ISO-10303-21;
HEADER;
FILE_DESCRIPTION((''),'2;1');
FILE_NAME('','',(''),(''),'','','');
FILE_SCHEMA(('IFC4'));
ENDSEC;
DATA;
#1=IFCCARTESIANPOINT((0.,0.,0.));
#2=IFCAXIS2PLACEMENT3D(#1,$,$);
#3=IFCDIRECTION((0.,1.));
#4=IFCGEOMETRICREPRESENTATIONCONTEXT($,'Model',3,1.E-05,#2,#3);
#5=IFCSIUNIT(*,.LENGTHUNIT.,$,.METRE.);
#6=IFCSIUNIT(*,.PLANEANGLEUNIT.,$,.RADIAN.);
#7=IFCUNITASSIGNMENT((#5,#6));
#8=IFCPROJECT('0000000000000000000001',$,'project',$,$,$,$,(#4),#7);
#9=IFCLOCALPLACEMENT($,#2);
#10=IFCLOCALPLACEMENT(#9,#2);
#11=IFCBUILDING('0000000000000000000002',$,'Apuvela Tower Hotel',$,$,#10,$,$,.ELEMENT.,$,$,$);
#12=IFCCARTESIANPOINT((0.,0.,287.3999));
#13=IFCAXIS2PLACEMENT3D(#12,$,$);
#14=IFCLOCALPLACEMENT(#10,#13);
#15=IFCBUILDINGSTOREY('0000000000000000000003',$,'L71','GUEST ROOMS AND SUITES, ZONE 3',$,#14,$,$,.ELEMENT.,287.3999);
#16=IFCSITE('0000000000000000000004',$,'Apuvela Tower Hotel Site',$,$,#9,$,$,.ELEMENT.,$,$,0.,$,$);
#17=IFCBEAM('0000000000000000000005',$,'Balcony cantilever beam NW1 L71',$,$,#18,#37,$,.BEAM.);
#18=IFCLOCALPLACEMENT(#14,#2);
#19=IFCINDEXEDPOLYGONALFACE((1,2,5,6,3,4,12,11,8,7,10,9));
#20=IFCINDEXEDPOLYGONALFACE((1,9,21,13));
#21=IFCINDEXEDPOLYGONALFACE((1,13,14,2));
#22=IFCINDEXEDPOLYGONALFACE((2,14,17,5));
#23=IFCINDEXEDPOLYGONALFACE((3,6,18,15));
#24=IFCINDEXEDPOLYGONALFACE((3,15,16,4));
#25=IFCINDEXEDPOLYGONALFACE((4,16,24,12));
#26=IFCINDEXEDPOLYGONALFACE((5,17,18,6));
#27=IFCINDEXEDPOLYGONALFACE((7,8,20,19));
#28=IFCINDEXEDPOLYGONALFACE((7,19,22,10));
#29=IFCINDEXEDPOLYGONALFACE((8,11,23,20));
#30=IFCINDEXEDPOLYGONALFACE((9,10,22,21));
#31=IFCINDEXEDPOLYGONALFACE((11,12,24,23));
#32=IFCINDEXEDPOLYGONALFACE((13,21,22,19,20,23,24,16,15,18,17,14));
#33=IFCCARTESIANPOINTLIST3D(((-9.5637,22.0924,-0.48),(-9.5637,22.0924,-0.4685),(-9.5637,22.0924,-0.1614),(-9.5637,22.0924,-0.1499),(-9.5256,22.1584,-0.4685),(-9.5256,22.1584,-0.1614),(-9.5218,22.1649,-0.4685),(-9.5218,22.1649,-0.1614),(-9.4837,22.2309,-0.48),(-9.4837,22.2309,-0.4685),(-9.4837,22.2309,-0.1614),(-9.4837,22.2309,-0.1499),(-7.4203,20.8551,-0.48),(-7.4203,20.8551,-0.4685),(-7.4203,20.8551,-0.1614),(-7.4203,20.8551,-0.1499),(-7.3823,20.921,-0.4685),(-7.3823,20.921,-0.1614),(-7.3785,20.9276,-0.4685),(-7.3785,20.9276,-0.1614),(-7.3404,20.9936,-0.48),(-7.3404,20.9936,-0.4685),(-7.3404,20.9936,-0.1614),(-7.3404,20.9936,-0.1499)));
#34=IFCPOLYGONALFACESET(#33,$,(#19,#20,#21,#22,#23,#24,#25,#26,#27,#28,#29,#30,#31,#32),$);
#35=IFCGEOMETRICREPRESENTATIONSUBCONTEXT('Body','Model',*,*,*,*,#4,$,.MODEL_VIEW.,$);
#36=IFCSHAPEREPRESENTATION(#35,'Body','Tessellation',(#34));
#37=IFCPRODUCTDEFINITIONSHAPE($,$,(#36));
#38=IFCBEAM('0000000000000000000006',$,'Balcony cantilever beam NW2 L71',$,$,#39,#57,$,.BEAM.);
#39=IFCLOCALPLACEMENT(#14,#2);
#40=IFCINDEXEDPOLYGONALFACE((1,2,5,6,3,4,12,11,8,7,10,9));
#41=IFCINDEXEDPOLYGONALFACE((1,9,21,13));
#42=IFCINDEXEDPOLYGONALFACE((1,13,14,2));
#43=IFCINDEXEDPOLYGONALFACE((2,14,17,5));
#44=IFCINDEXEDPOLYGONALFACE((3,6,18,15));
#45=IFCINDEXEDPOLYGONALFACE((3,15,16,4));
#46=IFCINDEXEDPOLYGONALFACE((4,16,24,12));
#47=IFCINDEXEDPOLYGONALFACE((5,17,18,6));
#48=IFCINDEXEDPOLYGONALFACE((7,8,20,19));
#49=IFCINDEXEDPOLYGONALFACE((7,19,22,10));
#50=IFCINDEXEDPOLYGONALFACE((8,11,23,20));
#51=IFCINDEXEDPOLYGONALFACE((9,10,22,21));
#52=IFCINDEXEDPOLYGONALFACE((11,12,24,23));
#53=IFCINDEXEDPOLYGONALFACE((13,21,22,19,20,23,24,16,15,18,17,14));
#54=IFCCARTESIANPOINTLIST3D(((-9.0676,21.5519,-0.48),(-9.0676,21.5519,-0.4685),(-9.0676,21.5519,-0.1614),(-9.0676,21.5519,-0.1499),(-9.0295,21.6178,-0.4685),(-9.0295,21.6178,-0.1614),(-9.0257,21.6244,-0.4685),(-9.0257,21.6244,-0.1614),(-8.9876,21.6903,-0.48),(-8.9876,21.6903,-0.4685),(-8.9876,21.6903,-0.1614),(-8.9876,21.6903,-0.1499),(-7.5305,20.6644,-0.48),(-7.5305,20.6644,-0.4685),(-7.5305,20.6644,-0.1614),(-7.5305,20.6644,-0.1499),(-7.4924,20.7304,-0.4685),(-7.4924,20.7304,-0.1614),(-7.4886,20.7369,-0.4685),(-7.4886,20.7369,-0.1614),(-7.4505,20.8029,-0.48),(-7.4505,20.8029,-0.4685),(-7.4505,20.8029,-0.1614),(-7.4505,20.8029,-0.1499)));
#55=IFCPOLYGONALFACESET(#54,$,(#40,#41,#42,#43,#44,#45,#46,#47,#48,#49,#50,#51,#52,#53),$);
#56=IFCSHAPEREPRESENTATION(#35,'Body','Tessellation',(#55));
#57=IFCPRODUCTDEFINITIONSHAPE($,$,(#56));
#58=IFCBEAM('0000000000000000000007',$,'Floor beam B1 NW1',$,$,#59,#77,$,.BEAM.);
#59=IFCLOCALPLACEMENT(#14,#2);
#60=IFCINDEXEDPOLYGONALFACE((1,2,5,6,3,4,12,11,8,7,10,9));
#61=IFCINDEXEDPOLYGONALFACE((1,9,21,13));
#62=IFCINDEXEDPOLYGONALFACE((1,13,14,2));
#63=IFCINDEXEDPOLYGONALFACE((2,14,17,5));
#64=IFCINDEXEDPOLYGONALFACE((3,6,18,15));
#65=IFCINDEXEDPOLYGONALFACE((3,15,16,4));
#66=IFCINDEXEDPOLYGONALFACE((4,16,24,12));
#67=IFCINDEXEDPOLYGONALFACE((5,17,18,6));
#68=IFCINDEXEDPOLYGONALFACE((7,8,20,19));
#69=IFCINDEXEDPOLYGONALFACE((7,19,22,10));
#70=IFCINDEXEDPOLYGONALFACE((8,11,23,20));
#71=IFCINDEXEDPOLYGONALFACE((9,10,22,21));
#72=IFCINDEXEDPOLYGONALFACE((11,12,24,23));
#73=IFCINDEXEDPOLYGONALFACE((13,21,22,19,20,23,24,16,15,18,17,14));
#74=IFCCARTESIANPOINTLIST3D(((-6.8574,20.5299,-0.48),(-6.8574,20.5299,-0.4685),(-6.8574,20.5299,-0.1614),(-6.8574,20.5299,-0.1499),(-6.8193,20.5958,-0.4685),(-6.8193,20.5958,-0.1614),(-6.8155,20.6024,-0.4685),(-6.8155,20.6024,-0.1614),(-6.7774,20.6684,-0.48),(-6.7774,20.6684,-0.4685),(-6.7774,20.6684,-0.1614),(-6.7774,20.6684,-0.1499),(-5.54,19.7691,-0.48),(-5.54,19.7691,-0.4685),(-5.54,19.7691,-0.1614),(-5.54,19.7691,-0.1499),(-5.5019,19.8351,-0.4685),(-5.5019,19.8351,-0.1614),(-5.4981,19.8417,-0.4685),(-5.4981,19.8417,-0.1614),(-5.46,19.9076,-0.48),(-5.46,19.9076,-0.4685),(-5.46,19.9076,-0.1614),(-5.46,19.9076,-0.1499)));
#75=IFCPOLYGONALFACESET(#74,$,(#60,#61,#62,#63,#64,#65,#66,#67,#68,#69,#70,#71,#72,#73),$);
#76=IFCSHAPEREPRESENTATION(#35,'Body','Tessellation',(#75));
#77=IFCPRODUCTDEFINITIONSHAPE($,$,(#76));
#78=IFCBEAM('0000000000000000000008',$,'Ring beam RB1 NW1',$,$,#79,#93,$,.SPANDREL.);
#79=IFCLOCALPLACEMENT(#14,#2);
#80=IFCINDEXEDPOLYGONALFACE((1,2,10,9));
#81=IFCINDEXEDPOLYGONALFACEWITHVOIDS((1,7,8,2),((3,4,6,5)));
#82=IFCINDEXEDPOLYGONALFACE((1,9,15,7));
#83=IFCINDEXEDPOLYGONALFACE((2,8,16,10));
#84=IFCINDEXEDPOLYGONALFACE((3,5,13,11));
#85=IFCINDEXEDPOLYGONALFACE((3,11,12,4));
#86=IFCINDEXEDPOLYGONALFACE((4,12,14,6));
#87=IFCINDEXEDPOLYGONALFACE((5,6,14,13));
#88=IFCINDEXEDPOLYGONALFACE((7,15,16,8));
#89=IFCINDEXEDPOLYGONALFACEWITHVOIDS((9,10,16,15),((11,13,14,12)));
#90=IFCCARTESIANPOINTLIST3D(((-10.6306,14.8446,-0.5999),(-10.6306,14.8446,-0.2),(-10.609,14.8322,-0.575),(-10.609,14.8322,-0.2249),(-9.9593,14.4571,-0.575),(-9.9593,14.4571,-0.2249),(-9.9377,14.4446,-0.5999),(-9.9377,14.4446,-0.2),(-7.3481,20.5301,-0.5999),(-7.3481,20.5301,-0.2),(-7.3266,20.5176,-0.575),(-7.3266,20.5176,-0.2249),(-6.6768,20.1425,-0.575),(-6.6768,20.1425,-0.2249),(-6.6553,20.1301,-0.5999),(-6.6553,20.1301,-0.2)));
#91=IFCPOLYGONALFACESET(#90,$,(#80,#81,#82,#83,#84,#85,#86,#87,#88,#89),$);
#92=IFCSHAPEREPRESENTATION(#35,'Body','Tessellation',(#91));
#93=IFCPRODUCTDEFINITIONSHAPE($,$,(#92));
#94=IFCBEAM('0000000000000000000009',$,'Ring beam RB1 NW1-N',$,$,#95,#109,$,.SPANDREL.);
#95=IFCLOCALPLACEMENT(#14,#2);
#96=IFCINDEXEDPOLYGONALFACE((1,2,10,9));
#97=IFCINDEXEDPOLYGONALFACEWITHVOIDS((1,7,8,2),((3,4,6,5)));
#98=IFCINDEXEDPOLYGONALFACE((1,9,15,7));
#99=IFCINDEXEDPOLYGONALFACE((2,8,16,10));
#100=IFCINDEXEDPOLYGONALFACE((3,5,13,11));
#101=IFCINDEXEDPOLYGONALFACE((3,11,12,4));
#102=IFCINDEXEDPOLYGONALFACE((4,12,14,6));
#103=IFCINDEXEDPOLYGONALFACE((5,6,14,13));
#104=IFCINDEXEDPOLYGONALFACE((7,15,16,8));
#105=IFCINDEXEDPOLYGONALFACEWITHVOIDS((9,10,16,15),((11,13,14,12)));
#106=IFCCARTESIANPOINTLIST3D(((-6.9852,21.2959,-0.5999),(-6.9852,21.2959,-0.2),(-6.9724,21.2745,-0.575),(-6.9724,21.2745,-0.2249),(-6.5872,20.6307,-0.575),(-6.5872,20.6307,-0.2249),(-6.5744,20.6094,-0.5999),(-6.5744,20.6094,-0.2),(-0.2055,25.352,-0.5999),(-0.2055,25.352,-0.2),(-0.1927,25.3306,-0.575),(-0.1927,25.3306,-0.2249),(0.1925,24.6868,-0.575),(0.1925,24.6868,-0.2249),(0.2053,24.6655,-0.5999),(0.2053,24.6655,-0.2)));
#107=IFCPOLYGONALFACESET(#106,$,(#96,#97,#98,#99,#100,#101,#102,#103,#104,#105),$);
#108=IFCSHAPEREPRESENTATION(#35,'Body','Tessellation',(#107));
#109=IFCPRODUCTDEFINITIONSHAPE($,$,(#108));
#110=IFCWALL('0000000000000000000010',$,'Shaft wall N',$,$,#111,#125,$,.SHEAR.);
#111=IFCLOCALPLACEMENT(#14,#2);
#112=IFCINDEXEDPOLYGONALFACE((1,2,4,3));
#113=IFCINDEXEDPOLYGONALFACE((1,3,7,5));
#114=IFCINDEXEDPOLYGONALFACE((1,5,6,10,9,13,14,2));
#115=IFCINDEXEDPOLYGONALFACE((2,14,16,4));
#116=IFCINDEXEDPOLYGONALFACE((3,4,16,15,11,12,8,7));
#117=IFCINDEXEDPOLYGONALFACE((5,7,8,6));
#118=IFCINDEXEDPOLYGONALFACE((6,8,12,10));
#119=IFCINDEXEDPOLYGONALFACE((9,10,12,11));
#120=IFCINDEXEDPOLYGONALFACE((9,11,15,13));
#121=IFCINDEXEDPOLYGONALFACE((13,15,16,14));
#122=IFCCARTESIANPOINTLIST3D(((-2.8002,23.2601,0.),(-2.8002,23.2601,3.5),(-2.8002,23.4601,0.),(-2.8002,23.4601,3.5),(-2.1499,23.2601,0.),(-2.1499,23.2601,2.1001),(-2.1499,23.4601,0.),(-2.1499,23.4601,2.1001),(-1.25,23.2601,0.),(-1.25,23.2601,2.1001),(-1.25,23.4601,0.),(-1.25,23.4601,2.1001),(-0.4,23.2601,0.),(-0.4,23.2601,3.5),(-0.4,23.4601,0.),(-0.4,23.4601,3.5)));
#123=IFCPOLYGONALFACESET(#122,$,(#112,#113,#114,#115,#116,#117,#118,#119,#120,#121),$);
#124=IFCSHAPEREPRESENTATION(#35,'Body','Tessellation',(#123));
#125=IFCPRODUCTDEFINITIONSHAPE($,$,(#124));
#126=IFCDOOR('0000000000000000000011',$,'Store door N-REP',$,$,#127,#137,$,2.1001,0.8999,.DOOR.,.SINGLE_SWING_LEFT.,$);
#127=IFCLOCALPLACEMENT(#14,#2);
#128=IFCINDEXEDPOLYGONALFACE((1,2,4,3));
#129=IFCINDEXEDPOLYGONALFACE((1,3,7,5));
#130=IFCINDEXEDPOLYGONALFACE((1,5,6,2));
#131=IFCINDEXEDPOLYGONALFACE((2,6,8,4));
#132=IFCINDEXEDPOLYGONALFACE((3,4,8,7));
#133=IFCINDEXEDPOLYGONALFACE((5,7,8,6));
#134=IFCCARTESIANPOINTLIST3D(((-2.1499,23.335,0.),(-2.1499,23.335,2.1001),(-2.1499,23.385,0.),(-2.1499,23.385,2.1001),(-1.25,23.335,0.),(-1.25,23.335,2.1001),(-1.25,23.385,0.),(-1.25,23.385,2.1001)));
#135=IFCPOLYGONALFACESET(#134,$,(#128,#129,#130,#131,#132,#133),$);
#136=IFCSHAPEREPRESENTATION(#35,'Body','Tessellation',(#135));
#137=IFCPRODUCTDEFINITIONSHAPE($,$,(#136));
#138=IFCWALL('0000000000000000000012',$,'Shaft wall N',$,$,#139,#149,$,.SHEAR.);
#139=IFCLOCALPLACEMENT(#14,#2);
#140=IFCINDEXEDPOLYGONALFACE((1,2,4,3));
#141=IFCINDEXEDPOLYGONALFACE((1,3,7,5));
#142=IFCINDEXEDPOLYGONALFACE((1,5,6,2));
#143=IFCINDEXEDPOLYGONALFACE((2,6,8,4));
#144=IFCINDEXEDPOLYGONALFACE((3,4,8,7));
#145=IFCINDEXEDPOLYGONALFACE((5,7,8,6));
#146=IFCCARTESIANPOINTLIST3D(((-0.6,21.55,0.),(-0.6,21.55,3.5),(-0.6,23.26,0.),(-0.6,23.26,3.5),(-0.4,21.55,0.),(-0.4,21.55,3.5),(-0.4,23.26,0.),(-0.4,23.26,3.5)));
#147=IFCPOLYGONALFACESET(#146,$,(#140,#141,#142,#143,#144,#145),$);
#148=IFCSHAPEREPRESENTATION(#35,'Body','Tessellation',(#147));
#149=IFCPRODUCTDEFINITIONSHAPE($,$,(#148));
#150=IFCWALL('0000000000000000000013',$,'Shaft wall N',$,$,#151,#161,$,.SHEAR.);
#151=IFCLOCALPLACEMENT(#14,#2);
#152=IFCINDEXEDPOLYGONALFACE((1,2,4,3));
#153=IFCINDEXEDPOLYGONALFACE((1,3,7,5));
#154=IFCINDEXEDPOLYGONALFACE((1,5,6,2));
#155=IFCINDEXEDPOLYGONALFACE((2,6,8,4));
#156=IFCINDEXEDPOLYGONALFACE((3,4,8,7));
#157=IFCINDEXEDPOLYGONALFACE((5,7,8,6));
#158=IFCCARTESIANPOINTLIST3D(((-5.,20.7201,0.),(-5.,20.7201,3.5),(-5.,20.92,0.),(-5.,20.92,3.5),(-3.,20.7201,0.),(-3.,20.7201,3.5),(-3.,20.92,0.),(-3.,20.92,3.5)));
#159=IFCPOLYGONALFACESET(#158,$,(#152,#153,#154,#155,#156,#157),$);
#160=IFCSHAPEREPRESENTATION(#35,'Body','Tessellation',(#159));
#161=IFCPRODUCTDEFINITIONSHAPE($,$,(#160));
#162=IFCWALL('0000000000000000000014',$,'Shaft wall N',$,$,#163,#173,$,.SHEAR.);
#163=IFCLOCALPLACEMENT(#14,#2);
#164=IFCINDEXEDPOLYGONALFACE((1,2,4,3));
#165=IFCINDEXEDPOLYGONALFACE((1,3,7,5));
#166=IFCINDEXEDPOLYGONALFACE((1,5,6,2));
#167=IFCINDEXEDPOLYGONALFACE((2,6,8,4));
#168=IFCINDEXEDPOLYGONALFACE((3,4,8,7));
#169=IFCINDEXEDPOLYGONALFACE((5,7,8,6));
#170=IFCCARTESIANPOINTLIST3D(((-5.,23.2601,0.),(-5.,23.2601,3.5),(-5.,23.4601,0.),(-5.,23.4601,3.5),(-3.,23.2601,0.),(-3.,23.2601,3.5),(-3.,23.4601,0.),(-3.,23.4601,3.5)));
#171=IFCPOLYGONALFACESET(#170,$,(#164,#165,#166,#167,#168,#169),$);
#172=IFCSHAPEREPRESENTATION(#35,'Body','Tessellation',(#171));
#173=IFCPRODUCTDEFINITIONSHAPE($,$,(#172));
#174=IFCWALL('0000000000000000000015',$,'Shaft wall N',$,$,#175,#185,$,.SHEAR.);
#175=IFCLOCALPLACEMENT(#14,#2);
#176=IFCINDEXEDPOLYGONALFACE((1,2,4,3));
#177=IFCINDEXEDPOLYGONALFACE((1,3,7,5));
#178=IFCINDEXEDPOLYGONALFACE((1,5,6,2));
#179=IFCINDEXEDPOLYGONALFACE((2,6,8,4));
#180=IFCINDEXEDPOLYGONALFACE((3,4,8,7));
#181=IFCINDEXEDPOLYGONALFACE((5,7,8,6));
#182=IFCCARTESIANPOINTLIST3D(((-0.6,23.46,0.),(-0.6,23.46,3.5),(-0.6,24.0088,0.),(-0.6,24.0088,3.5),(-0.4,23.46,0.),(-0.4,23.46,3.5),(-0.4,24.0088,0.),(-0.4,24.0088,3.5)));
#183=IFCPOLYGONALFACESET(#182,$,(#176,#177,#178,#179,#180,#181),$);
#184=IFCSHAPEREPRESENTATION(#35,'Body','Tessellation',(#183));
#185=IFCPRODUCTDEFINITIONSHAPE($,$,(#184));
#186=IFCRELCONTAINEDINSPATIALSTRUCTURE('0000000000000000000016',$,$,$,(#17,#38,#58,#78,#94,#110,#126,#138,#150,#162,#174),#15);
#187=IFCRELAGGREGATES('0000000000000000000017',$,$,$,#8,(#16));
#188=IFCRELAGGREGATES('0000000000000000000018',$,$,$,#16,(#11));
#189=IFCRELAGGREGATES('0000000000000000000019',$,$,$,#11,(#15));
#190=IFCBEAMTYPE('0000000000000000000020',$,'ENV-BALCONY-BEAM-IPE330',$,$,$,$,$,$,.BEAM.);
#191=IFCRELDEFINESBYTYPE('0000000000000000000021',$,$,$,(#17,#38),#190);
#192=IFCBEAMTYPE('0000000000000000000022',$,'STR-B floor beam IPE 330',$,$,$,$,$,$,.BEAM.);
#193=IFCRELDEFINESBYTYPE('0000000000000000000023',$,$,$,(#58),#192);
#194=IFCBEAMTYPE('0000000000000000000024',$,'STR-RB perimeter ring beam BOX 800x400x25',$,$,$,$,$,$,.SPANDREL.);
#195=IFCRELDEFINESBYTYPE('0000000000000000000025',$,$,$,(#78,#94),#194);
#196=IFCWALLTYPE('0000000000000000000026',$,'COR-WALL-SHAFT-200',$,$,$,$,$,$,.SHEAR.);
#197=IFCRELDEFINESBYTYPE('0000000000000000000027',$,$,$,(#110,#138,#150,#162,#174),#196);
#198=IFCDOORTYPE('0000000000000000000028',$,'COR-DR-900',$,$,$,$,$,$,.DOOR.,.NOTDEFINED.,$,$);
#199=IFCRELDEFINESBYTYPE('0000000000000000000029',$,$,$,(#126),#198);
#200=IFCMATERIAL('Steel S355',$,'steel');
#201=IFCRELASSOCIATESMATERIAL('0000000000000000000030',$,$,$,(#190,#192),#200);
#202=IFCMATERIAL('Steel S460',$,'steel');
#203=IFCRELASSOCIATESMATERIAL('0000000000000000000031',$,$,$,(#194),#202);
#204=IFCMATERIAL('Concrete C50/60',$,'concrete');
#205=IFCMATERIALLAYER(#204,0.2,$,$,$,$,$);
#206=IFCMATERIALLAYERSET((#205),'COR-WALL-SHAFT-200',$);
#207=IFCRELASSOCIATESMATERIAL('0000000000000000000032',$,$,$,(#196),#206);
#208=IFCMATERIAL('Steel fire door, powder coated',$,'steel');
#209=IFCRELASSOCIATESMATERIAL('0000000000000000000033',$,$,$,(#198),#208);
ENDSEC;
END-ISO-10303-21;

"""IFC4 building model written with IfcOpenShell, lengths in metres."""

from ifc_helpers import new_model, si_unit, direction, frame, frame_2d, origin, origin_2d, place, context, subcontext, project, spatial, rectangle, hollow_rectangle, i_section, extrude, material, layer, layer_set, material_profile, profile_set, type_object, element, fill, save


model = new_model("IFC4")

# Units and contexts
model_context = context("Model", 3, precision=1e-05, world=origin(), true_north=direction((0.0, 1.0)))
body_context = subcontext(model_context, "Body", "Model", "MODEL_VIEW")
ifc_project = project(units=[si_unit("LENGTHUNIT", "METRE"), si_unit("PLANEANGLEUNIT", "RADIAN")], contexts=[model_context])

# Site, building, storey
site_placement = place(None, origin())
site = spatial("IfcSite", under=ifc_project, at=site_placement, Name="Apuvela Tower Hotel Site", CompositionType="ELEMENT", RefElevation=0.0)
building_placement = place(site_placement, origin())
building = spatial("IfcBuilding", under=site, at=building_placement, Name="Apuvela Tower Hotel", CompositionType="ELEMENT")
storey_placement = place(building_placement, frame((0.0, 0.0, 287.3999)))
storey = spatial("IfcBuildingStorey", under=building, at=storey_placement, Name="L71", Description="GUEST ROOMS AND SUITES, ZONE 3", CompositionType="ELEMENT", Elevation=287.3999)

# Shared definitions
ifc_material_1 = material(Name="Steel S460", Category="steel")

# Beams
ifc_material_2 = material(Name="Steel S355", Category="steel")
ifc_material_profile_1 = material_profile(ifc_material_2, i_section(OverallWidth=0.1599, OverallDepth=0.3301, WebThickness=0.0076, FlangeThickness=0.0115, at=origin_2d()), Name="IPE 330")
ifc_profile_set_1 = profile_set([ifc_material_profile_1], Name="Steel S355")
beam_type_1 = type_object("IfcBeamType", Name="ENV-BALCONY-BEAM-IPE330", PredefinedType="BEAM", material=ifc_profile_set_1)
beam_1_placement = place(storey_placement, frame((-7.3804, 20.9243, -0.3149), z_axis=(-0.866049, 0.499959, 0.0), x_axis=(-0.499959, -0.866049, 0.0)))
element("IfcBeam", 1, at=beam_1_placement, inside=storey, type_object=beam_type_1, Name="Balcony cantilever beam NW1 L71", PredefinedType="BEAM", context=body_context, shape_type="SweptSolid", body=[
    extrude(i_section(OverallWidth=0.1599, OverallDepth=0.3301, WebThickness=0.0076, FlangeThickness=0.0115, at=origin_2d()), origin(), (0.0, 0.0, 1.0), 2.4749),
])
beam_2_placement = place(storey_placement, frame((-7.4905, 20.7336, -0.3149), z_axis=(-0.866025, 0.5, 0.0), x_axis=(-0.5, -0.866025, 0.0)))
element("IfcBeam", 2, at=beam_2_placement, inside=storey, type_object=beam_type_1, Name="Balcony cantilever beam NW2 L71", PredefinedType="BEAM", context=body_context, shape_type="SweptSolid", body=[
    extrude(i_section(OverallWidth=0.1599, OverallDepth=0.3301, WebThickness=0.0076, FlangeThickness=0.0115, at=origin_2d()), origin(), (0.0, 0.0, 1.0), 1.7749),
])
ifc_material_profile_2 = material_profile(ifc_material_2, i_section(OverallWidth=0.1599, OverallDepth=0.3301, WebThickness=0.0076, FlangeThickness=0.0115, at=origin_2d()), Name="IPE 330")
ifc_profile_set_2 = profile_set([ifc_material_profile_2], Name="Steel S355")
beam_type_2 = type_object("IfcBeamType", Name="STR-B floor beam IPE 330", PredefinedType="BEAM", material=ifc_profile_set_2)
beam_3_placement = place(storey_placement, frame((-6.8174, 20.5991, -0.3149), z_axis=(0.865982, -0.500074, 0.0), x_axis=(0.500074, 0.865982, 0.0)))
element("IfcBeam", 3, at=beam_3_placement, inside=storey, type_object=beam_type_2, Name="Floor beam B1 NW1", PredefinedType="BEAM", context=body_context, shape_type="SweptSolid", body=[
    extrude(i_section(OverallWidth=0.1599, OverallDepth=0.3301, WebThickness=0.0076, FlangeThickness=0.0115, at=origin_2d()), origin(), (0.0, 0.0, 1.0), 1.5212),
])
ifc_material_profile_3 = material_profile(ifc_material_1, hollow_rectangle(XDim=0.8, YDim=0.3999, WallThickness=0.0249, at=origin_2d()), Name="BOX 800x400x25")
ifc_profile_set_3 = profile_set([ifc_material_profile_3], Name="Steel S460")
beam_type_3 = type_object("IfcBeamType", Name="STR-RB perimeter ring beam BOX 800x400x25", PredefinedType="SPANDREL", material=ifc_profile_set_3)
beam_4_placement = place(storey_placement, frame((-7.0017, 20.3301, -0.3999), z_axis=(-0.499991, -0.866031, 0.0), x_axis=(0.866031, -0.499991, 0.0)))
element("IfcBeam", 4, at=beam_4_placement, inside=storey, type_object=beam_type_3, Name="Ring beam RB1 NW1", PredefinedType="SPANDREL", context=body_context, shape_type="SweptSolid", body=[
    extrude(hollow_rectangle(XDim=0.8, YDim=0.3999, WallThickness=0.0249, at=origin_2d()), origin(), (0.0, 0.0, 1.0), 6.5649),
])
beam_5_placement = place(storey_placement, frame((-6.7798, 20.9526, -0.3999), z_axis=(0.858147, 0.513405, 0.0), x_axis=(-0.513405, 0.858147, 0.0)))
element("IfcBeam", 5, at=beam_5_placement, inside=storey, type_object=beam_type_3, Name="Ring beam RB1 NW1-N", PredefinedType="SPANDREL", context=body_context, shape_type="SweptSolid", body=[
    extrude(hollow_rectangle(XDim=0.8, YDim=0.3999, WallThickness=0.0249, at=origin_2d()), origin(), (0.0, 0.0, 1.0), 7.9004),
])

# Wall, opening, door
ifc_material_3 = material(Name="Concrete C50/60", Category="concrete")
ifc_layer_1 = layer(ifc_material_3, 0.2)
ifc_layer_set_1 = layer_set([ifc_layer_1], Name="COR-WALL-SHAFT-200")
wall_type_1 = type_object("IfcWallType", Name="COR-WALL-SHAFT-200", PredefinedType="SHEAR", material=ifc_layer_set_1)
wall_1_placement = place(storey_placement, frame((-0.3999, 23.3601, 0.0), z_axis=(0.0, 0.0, 1.0), x_axis=(-1.0, 0.0, 0.0)))
wall_1 = element("IfcWall", 6, at=wall_1_placement, inside=storey, type_object=wall_type_1, Name="Shaft wall N", PredefinedType="SHEAR", context=body_context, shape_type="SweptSolid", body=[
    extrude(rectangle(XDim=2.4001, YDim=0.2, at=frame_2d((1.2002, 0.0))), origin(), (0.0, 0.0, 1.0), 3.5),
])
opening_1_placement = place(wall_1_placement, frame((0.8501, 0.0, 0.0)))
opening_1 = element("IfcOpeningElement", 7, at=opening_1_placement, cuts=wall_1, PredefinedType="OPENING", context=body_context, shape_type="SweptSolid", body=[
    extrude(rectangle(XDim=0.8999, YDim=2.1001, at=frame_2d((0.45, 1.05))), frame((0.0, 0.1099, 0.0), z_axis=(0.0, -1.0, 0.0), x_axis=(1.0, 0.0, 0.0)), (0.0, 0.0, 1.0), 0.22),
])
ifc_material_4 = material(Name="Steel fire door, powder coated", Category="steel")
door_type_1 = type_object("IfcDoorType", Name="COR-DR-900", OperationType="NOTDEFINED", PredefinedType="DOOR", material=ifc_material_4)
door_1_placement = place(opening_1_placement, frame((0.8999, 0.0, 0.0), z_axis=(0.0, 0.0, 1.0), x_axis=(-1.0, 0.0, 0.0)))
door_1 = element("IfcDoor", 8, at=door_1_placement, inside=storey, type_object=door_type_1, Name="Store door N-REP", OperationType="SINGLE_SWING_LEFT", OverallHeight=2.1001, OverallWidth=0.8999, PredefinedType="DOOR", context=body_context, shape_type="SweptSolid", body=[
    extrude(rectangle(XDim=0.8999, YDim=2.1001, at=frame_2d((0.45, 1.05))), frame((0.0, 0.0249, 0.0), z_axis=(0.0, -1.0, 0.0), x_axis=(1.0, 0.0, 0.0)), (0.0, 0.0, 1.0), 0.05),
])
fill(opening_1, door_1)

# Walls
wall_2_placement = place(storey_placement, frame((-0.5, 21.55, 0.0), z_axis=(0.0, 0.0, 1.0), x_axis=(0.0, 1.0, 0.0)))
element("IfcWall", 9, at=wall_2_placement, inside=storey, type_object=wall_type_1, Name="Shaft wall N", PredefinedType="SHEAR", context=body_context, shape_type="SweptSolid", body=[
    extrude(rectangle(XDim=1.71, YDim=0.2, at=frame_2d((0.855, 0.0))), origin(), (0.0, 0.0, 1.0), 3.5),
])
for number, where, z_axis, x_axis, name in (
    (10, (-3.0, 20.8201, 0.0), (0.0, 0.0, 1.0), (-1.0, 0.0, 0.0), "Shaft wall N"),
    (11, (-3.0, 23.3601, 0.0), (0.0, 0.0, 1.0), (-1.0, 0.0, 0.0), "Shaft wall N"),
):
    element("IfcWall", number, at=place(storey_placement, frame(where, z_axis=z_axis, x_axis=x_axis)), inside=storey, type_object=wall_type_1, Name=name, PredefinedType="SHEAR", context=body_context, shape_type="SweptSolid", body=[
        extrude(rectangle(XDim=2.0, YDim=0.2, at=frame_2d((1.0, 0.0))), origin(), (0.0, 0.0, 1.0), 3.5),
    ])
wall_3_placement = place(storey_placement, frame((-0.5, 23.46, 0.0), z_axis=(0.0, 0.0, 1.0), x_axis=(0.0, 1.0, 0.0)))
element("IfcWall", 12, at=wall_3_placement, inside=storey, type_object=wall_type_1, Name="Shaft wall N", PredefinedType="SHEAR", context=body_context, shape_type="SweptSolid", body=[
    extrude(rectangle(XDim=0.5488, YDim=0.2, at=frame_2d((0.2744, 0.0))), origin(), (0.0, 0.0, 1.0), 3.5),
])

save(model, "model.ifc")
